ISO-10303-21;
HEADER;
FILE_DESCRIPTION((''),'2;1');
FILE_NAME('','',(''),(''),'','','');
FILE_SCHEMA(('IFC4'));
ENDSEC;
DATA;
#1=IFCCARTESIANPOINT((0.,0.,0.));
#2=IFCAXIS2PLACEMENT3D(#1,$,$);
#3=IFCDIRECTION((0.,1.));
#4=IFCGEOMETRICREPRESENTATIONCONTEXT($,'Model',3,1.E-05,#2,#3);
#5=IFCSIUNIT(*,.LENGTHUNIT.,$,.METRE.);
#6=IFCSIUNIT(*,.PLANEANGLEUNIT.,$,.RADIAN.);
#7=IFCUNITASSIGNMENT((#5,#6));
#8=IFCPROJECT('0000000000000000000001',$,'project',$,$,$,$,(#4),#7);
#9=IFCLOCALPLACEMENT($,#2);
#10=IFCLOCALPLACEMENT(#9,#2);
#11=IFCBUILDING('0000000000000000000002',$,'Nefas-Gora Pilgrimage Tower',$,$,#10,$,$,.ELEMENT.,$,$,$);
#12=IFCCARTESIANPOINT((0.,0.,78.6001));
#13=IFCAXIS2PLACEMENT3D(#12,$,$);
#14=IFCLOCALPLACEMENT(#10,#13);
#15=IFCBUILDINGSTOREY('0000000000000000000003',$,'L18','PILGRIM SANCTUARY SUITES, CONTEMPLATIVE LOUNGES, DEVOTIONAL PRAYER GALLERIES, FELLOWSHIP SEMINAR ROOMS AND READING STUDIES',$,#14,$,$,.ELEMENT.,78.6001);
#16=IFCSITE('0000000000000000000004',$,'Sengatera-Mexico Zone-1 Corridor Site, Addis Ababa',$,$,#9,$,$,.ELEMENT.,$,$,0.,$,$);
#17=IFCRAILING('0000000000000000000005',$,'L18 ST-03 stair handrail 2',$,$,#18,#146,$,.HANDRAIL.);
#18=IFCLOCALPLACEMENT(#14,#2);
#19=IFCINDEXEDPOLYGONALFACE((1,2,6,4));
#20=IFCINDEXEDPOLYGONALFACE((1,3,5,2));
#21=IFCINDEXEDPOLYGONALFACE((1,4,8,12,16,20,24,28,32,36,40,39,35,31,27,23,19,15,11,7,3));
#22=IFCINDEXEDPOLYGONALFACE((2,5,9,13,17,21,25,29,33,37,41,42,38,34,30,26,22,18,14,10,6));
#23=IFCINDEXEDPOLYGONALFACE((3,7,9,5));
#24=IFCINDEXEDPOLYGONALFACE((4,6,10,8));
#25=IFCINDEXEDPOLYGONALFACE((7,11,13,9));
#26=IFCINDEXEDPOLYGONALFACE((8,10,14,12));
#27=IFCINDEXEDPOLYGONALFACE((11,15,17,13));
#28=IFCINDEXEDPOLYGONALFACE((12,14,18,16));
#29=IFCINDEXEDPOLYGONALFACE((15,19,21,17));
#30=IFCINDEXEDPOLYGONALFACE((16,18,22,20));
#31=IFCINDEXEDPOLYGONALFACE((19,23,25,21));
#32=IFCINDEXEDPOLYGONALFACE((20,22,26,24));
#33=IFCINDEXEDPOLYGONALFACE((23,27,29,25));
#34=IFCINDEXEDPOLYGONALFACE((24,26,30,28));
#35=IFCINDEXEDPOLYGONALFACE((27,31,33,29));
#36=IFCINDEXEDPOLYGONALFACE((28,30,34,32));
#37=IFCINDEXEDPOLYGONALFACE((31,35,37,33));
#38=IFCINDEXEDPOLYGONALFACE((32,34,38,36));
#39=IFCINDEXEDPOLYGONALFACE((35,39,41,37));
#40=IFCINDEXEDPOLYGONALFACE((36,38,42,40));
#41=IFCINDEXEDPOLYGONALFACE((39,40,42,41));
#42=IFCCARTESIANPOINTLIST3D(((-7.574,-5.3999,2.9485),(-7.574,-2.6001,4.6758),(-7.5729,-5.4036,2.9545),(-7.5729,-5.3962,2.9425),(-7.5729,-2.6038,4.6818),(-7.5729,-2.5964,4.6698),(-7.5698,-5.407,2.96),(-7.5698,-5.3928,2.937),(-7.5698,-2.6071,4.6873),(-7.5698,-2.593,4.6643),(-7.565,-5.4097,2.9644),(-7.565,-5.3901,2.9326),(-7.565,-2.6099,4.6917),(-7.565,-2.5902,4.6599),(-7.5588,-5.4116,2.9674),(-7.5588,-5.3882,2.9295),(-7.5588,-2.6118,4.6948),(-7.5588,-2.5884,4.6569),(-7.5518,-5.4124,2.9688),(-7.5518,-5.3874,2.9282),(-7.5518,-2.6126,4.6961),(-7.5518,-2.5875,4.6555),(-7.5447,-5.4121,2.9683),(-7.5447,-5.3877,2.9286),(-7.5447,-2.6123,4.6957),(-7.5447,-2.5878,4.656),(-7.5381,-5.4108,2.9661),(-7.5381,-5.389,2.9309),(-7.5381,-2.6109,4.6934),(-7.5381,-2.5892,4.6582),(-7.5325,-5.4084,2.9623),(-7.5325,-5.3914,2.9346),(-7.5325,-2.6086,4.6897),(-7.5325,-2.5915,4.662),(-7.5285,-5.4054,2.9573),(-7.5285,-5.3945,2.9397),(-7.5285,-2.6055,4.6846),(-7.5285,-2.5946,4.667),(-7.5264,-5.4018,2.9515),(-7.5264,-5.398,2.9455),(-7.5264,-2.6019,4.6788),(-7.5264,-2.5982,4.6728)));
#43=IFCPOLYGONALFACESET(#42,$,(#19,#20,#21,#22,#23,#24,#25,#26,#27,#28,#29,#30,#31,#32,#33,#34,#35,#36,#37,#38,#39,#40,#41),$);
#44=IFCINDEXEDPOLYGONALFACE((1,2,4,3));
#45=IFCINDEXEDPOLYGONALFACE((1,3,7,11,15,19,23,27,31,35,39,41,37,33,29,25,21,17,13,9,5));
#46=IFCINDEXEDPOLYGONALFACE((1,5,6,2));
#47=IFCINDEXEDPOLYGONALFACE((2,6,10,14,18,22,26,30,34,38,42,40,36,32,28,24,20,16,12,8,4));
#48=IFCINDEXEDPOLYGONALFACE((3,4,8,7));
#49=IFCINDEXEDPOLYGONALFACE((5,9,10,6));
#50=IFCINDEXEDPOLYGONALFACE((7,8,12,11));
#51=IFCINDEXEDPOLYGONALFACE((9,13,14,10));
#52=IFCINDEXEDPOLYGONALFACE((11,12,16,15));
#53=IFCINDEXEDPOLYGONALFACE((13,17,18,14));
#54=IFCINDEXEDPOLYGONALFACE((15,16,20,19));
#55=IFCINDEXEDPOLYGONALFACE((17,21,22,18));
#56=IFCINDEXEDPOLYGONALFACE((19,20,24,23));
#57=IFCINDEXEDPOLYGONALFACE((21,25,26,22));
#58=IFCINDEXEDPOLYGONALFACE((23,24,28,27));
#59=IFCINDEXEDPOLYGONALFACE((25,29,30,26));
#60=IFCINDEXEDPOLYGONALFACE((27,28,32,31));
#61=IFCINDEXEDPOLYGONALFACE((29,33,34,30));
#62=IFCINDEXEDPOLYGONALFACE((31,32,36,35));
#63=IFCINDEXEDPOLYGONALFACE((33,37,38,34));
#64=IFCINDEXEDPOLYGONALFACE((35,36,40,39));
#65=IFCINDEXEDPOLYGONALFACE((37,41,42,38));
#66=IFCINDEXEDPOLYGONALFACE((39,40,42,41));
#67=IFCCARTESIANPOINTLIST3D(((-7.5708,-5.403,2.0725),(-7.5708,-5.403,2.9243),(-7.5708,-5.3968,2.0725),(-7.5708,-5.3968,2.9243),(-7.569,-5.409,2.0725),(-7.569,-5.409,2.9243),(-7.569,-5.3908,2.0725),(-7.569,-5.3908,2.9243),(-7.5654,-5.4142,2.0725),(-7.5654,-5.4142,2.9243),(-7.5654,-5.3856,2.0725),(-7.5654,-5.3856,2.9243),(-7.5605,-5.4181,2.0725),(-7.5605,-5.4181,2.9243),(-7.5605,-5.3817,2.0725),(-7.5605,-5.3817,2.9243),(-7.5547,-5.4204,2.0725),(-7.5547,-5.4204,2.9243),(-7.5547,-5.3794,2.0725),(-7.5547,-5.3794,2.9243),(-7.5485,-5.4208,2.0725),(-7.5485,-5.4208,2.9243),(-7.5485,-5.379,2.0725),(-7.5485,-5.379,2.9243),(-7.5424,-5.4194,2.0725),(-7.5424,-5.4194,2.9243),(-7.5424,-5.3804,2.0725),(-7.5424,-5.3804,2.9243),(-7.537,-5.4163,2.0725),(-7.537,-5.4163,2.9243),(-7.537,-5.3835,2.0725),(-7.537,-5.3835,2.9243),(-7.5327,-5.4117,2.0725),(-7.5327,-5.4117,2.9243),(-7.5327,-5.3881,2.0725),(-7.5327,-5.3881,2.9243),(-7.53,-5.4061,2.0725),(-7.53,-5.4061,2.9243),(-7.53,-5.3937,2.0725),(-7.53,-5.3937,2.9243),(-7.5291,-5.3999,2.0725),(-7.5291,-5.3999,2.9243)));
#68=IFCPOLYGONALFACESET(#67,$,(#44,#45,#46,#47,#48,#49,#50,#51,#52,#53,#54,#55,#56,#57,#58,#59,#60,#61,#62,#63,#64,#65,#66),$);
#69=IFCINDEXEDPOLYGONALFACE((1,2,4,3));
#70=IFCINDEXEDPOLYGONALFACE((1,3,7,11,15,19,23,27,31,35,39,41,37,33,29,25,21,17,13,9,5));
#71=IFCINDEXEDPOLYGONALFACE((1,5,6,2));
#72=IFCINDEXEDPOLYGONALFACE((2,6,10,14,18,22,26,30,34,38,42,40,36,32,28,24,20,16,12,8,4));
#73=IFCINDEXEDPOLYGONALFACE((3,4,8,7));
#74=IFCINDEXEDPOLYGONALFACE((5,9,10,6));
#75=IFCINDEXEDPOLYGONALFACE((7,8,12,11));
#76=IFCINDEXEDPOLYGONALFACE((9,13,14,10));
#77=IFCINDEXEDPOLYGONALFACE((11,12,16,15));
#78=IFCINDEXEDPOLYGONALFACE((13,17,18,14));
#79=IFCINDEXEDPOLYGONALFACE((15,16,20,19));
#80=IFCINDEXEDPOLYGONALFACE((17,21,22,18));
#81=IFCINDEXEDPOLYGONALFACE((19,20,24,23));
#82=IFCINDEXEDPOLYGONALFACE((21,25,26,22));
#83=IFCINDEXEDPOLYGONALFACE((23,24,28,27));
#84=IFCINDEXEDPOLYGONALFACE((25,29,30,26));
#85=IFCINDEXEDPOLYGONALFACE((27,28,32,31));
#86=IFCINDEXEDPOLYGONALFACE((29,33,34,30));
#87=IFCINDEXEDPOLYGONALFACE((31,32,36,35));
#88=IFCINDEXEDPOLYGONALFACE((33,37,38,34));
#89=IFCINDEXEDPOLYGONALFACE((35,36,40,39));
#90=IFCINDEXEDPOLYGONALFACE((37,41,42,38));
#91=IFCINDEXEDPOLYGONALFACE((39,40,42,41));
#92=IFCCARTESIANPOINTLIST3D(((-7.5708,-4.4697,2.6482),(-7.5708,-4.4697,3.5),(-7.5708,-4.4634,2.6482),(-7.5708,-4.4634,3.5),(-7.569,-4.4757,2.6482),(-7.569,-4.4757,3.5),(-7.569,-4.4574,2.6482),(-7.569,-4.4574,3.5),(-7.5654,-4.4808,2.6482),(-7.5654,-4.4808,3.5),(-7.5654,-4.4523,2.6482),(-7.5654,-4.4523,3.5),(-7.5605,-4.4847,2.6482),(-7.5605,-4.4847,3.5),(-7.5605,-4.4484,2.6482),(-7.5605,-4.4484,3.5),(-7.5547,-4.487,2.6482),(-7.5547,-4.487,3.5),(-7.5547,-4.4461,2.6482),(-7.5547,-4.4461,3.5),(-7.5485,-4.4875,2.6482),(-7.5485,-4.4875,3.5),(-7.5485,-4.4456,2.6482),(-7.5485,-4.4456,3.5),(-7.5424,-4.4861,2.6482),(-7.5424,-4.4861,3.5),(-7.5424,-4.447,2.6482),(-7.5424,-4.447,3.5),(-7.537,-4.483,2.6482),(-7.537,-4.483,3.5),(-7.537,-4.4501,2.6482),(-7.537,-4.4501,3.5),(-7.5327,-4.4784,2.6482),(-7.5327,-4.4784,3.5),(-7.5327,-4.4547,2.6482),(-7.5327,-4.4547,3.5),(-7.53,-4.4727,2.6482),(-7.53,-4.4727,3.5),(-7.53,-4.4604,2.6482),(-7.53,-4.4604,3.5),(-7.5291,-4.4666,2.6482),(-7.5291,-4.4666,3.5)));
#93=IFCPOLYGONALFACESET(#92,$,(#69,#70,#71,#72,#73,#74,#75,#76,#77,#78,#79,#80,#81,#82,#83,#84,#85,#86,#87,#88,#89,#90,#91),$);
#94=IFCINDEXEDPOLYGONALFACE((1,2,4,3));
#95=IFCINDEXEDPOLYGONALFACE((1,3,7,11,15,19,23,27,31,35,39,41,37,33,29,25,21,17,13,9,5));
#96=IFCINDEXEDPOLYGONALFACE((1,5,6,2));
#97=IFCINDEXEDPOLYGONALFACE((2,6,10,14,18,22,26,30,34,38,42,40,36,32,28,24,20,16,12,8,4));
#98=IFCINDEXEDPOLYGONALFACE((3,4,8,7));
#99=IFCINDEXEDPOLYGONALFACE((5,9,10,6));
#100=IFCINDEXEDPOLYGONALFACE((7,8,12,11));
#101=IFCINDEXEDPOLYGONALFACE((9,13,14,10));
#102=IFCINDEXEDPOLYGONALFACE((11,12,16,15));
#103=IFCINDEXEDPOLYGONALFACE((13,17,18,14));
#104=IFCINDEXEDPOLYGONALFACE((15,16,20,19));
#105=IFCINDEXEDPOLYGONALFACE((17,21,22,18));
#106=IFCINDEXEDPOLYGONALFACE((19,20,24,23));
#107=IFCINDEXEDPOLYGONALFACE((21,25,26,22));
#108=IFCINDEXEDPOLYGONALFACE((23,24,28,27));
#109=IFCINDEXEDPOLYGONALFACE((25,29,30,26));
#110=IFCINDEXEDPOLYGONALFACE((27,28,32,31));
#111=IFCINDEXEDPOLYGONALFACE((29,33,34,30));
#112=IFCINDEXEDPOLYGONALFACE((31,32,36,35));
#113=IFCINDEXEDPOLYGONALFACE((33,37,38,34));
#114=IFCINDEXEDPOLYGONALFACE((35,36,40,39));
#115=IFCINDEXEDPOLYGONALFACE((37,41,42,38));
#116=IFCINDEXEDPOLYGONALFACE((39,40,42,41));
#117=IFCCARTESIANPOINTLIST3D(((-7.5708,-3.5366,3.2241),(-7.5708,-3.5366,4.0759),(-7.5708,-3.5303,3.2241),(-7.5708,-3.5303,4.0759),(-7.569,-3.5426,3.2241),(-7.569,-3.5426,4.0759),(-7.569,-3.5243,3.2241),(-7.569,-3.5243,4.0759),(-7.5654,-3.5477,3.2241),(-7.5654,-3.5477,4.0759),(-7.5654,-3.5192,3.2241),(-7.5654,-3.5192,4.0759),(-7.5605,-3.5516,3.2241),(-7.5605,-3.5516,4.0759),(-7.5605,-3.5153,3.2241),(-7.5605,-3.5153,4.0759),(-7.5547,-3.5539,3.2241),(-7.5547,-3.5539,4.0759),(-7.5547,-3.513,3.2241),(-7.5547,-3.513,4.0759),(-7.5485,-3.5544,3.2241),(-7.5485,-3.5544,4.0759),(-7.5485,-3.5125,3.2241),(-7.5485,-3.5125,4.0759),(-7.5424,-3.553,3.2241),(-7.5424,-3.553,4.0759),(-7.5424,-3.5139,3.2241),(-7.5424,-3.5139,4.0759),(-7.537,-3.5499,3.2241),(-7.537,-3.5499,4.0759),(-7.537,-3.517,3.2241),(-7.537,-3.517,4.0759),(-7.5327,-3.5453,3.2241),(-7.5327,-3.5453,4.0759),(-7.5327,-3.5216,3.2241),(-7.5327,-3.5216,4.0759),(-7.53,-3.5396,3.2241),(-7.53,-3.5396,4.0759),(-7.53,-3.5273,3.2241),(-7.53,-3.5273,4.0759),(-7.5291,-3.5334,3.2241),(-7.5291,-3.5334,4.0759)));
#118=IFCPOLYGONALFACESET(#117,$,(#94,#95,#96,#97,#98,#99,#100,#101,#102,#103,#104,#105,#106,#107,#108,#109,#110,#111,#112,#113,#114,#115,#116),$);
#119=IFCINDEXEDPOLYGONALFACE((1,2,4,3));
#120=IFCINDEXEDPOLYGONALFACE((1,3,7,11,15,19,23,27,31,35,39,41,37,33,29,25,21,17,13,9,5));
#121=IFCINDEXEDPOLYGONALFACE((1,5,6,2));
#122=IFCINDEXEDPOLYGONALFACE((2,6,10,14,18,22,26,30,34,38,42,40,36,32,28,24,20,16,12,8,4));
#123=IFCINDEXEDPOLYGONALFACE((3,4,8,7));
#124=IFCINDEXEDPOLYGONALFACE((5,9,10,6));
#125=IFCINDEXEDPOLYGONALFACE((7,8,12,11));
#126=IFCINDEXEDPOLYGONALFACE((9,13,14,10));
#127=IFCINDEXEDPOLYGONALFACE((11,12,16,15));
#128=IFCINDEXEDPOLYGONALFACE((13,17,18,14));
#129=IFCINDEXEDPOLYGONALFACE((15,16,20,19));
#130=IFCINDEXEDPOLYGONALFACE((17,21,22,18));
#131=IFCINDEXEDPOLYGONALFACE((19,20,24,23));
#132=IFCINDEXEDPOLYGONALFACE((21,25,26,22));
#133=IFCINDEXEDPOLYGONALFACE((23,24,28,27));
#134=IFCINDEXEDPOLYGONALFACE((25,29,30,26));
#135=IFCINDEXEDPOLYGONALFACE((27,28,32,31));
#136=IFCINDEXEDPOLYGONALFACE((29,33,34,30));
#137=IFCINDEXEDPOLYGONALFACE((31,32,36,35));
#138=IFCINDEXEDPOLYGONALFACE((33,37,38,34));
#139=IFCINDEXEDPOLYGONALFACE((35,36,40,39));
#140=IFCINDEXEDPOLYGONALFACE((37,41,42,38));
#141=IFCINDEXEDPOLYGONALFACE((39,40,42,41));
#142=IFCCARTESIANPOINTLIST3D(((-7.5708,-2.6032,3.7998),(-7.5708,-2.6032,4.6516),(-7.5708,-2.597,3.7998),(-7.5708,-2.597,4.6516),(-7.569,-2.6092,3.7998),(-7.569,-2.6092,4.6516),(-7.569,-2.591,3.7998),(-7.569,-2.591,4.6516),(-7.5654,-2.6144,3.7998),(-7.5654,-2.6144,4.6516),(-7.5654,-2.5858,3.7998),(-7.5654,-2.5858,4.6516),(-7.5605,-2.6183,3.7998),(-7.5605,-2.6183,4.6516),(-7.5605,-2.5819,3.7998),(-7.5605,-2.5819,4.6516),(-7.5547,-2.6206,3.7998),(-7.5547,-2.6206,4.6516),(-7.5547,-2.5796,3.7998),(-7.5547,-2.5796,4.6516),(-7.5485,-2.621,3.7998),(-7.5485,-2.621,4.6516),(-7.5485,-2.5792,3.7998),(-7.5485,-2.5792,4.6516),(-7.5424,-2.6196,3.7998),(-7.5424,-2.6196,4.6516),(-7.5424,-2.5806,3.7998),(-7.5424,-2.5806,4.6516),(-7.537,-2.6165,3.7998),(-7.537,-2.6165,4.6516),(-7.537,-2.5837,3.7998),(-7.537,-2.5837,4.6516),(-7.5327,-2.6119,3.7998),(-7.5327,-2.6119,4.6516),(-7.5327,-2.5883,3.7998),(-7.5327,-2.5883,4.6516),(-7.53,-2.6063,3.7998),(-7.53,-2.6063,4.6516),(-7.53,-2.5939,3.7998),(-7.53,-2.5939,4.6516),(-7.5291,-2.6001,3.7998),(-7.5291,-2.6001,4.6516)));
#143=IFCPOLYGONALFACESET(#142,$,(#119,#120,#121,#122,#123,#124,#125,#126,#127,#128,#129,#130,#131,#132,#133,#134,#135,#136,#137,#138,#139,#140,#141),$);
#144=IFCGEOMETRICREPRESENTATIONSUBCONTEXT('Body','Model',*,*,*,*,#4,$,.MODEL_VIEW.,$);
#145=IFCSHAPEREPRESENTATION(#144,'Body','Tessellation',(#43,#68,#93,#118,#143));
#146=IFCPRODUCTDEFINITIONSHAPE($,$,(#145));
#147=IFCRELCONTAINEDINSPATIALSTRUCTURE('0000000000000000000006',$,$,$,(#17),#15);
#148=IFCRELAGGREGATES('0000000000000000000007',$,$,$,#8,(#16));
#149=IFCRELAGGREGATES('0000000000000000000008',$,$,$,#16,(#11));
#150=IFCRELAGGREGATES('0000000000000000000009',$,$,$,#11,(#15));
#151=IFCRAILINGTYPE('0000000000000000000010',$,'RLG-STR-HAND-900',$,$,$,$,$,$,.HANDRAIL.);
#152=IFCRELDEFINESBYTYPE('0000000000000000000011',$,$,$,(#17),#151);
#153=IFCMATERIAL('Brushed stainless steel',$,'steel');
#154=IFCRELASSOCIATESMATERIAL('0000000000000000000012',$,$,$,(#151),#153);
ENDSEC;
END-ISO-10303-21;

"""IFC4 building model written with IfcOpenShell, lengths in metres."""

from ifc_helpers import new_model, si_unit, direction, frame, origin, origin_2d, place, context, subcontext, project, spatial, circle, extrude, material, type_object, element, save


model = new_model("IFC4")

# Units and contexts
model_context = context("Model", 3, precision=1e-05, world=origin(), true_north=direction((0.0, 1.0)))
body_context = subcontext(model_context, "Body", "Model", "MODEL_VIEW")
ifc_project = project(units=[si_unit("LENGTHUNIT", "METRE"), si_unit("PLANEANGLEUNIT", "RADIAN")], contexts=[model_context])

# Site, building, storey
site_placement = place(None, origin())
site = spatial("IfcSite", under=ifc_project, at=site_placement, Name="Sengatera-Mexico Zone-1 Corridor Site, Addis Ababa", CompositionType="ELEMENT", RefElevation=0.0)
building_placement = place(site_placement, origin())
building = spatial("IfcBuilding", under=site, at=building_placement, Name="Nefas-Gora Pilgrimage Tower", CompositionType="ELEMENT")
storey_placement = place(building_placement, frame((0.0, 0.0, 78.6001)))
storey = spatial("IfcBuildingStorey", under=building, at=storey_placement, Name="L18", Description="PILGRIM SANCTUARY SUITES, CONTEMPLATIVE LOUNGES, DEVOTIONAL PRAYER GALLERIES, FELLOWSHIP SEMINAR ROOMS AND READING STUDIES", CompositionType="ELEMENT", Elevation=78.6001)

# Railing
ifc_material_1 = material(Name="Brushed stainless steel", Category="steel")
railing_type_1 = type_object("IfcRailingType", Name="RLG-STR-HAND-900", PredefinedType="HANDRAIL", material=ifc_material_1)
railing_1_placement = place(storey_placement, frame((-7.55, -5.3999, 2.0725)))
element("IfcRailing", 1, at=railing_1_placement, inside=storey, type_object=railing_type_1, Name="L18 ST-03 stair handrail 2", PredefinedType="HANDRAIL", context=body_context, shape_type="SweptSolid", body=[
    extrude(circle(Radius=0.0239, at=origin_2d()), frame((0.0, 0.0, 0.876), z_axis=(0.0, 0.851069, 0.525054), x_axis=(-1.0, 0.0, 0.0)), (0.0, 0.0, 1.0), 3.2898),
    extrude(circle(Radius=0.021, at=origin_2d()), origin(), (0.0, 0.0, 1.0), 0.8518),
    extrude(circle(Radius=0.021, at=origin_2d()), frame((0.0, 0.9333, 0.5757)), (0.0, 0.0, 1.0), 0.8518),
    extrude(circle(Radius=0.021, at=origin_2d()), frame((0.0, 1.8665, 1.1516)), (0.0, 0.0, 1.0), 0.8518),
    extrude(circle(Radius=0.021, at=origin_2d()), frame((0.0, 2.7998, 1.7273)), (0.0, 0.0, 1.0), 0.8518),
])

save(model, "model.ifc")
